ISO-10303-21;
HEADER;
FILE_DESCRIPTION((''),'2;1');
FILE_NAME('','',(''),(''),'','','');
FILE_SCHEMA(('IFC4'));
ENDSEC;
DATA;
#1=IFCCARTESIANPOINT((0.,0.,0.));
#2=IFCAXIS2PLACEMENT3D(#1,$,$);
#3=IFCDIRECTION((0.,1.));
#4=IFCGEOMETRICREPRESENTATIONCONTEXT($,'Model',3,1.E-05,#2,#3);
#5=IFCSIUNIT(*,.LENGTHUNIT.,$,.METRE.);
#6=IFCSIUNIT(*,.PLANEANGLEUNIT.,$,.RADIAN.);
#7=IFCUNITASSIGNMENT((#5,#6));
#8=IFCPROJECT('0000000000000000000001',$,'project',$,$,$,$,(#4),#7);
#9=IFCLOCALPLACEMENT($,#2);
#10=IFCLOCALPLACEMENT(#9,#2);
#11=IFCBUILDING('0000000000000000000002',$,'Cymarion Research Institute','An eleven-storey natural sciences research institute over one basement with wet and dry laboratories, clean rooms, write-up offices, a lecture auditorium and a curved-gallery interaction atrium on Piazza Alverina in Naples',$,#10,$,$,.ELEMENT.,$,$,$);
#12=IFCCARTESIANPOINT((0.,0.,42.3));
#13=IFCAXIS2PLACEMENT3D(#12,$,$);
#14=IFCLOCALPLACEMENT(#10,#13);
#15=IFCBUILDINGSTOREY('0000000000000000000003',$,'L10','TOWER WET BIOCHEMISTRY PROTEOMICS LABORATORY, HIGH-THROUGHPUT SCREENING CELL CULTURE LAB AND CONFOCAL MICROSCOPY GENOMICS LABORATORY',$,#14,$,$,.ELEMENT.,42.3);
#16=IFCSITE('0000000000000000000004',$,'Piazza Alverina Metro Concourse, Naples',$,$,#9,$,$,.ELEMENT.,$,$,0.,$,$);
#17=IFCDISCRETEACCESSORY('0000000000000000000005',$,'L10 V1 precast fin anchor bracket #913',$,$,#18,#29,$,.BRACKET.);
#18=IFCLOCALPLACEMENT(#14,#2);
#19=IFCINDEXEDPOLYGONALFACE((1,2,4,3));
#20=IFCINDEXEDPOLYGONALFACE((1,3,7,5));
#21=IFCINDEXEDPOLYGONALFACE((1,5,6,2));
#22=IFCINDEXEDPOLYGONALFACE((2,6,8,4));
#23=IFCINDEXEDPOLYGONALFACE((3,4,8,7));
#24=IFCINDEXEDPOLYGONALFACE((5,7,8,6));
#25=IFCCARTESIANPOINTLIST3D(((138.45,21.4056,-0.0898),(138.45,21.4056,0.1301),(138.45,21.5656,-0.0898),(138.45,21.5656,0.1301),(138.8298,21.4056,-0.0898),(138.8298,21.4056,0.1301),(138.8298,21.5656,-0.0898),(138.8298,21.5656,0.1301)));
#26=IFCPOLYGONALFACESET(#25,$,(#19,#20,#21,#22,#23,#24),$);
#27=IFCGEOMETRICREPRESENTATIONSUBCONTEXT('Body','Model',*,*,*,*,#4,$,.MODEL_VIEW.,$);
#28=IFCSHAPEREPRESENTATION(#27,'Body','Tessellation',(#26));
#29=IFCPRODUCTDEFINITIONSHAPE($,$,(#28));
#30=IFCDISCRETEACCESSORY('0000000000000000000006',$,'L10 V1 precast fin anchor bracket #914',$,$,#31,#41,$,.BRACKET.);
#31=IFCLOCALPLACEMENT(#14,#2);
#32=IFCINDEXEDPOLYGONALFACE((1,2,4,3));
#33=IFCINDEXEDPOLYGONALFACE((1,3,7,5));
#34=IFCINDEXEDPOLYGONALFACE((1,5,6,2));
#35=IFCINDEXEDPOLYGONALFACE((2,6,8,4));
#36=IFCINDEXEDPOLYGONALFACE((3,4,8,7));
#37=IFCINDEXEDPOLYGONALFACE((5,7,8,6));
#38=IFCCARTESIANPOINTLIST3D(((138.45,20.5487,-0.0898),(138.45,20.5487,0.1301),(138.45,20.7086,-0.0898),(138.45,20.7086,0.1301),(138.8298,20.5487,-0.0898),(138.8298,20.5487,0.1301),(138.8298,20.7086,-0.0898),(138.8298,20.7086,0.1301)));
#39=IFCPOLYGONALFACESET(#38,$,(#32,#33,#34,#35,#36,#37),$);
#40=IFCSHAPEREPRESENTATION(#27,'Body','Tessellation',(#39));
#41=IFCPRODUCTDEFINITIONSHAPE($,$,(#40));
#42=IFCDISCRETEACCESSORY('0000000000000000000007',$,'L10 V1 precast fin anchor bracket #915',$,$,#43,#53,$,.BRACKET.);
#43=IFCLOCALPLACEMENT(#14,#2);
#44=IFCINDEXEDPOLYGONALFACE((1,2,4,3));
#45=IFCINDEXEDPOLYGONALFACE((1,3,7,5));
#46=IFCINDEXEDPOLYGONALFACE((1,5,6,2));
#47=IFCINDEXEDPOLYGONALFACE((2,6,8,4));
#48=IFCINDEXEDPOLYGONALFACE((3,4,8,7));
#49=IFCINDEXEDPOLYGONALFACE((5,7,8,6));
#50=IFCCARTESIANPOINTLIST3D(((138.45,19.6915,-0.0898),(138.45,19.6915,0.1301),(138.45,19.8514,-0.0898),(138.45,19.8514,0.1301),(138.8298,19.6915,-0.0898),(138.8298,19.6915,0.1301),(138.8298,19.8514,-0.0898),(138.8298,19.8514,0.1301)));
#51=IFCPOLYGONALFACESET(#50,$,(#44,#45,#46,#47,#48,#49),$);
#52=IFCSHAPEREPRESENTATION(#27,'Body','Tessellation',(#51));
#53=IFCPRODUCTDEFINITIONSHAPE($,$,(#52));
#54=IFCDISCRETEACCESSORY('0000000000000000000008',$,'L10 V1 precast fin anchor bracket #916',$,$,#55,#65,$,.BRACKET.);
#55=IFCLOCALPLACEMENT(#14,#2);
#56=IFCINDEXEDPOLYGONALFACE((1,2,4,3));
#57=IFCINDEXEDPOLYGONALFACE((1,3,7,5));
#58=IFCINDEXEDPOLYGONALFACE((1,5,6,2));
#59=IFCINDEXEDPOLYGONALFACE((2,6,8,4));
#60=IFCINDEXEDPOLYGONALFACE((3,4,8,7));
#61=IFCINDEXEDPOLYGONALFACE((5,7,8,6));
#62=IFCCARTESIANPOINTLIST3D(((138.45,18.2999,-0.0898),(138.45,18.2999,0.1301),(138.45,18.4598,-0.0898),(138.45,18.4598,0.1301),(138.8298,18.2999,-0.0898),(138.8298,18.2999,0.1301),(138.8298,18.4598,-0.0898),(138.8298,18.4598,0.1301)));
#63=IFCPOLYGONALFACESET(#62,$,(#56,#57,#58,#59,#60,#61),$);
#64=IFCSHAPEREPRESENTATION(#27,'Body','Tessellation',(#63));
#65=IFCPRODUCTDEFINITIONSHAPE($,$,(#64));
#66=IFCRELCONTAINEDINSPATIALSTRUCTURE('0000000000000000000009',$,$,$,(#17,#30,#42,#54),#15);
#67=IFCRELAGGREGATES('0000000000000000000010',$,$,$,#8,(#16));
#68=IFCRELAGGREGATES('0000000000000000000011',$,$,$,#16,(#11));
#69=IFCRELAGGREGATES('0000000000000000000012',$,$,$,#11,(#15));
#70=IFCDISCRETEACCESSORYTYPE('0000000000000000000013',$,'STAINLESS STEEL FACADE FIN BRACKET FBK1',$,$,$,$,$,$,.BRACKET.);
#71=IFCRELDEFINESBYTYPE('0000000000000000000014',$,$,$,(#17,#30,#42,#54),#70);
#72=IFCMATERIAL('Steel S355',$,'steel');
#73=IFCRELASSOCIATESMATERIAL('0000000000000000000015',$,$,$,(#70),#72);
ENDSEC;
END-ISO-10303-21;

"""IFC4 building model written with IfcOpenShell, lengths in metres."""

from ifc_helpers import new_model, si_unit, direction, frame, origin, origin_2d, place, context, subcontext, project, spatial, rectangle, extrude, material, type_object, element, save


model = new_model("IFC4")

# Units and contexts
model_context = context("Model", 3, precision=1e-05, world=origin(), true_north=direction((0.0, 1.0)))
body_context = subcontext(model_context, "Body", "Model", "MODEL_VIEW")
ifc_project = project(units=[si_unit("LENGTHUNIT", "METRE"), si_unit("PLANEANGLEUNIT", "RADIAN")], contexts=[model_context])

# Site, building, storey
site_placement = place(None, origin())
site = spatial("IfcSite", under=ifc_project, at=site_placement, Name="Piazza Alverina Metro Concourse, Naples", CompositionType="ELEMENT", RefElevation=0.0)
building_placement = place(site_placement, origin())
building = spatial("IfcBuilding", under=site, at=building_placement, Name="Cymarion Research Institute", Description="An eleven-storey natural sciences research institute over one basement with wet and dry laboratories, clean rooms, write-up offices, a lecture auditorium and a curved-gallery interaction atrium on Piazza Alverina in Naples", CompositionType="ELEMENT")
storey_placement = place(building_placement, frame((0.0, 0.0, 42.3)))
storey = spatial("IfcBuildingStorey", under=building, at=storey_placement, Name="L10", Description="TOWER WET BIOCHEMISTRY PROTEOMICS LABORATORY, HIGH-THROUGHPUT SCREENING CELL CULTURE LAB AND CONFOCAL MICROSCOPY GENOMICS LABORATORY", CompositionType="ELEMENT", Elevation=42.3)

# Shared definitions
ifc_material_1 = material(Name="Steel S355", Category="steel")

# Discrete accessories
discrete_accessory_type = type_object("IfcDiscreteAccessoryType", Name="STAINLESS STEEL FACADE FIN BRACKET FBK1", PredefinedType="BRACKET", material=ifc_material_1)
for number, where, z_axis, x_axis, name in (
    (1, (138.6399, 21.4856, -0.0898), (0.0, 0.0, 1.0), (-1.0, 0.0, 0.0), "L10 V1 precast fin anchor bracket #913"),
    (2, (138.6399, 20.6287, -0.0898), (0.0, 0.0, 1.0), (-1.0, 0.0, 0.0), "L10 V1 precast fin anchor bracket #914"),
    (3, (138.6399, 19.7715, -0.0898), (0.0, 0.0, 1.0), (-1.0, 0.0, 0.0), "L10 V1 precast fin anchor bracket #915"),
    (4, (138.6399, 18.3799, -0.0898), (0.0, 0.0, 1.0), (-1.0, 0.0, 0.0), "L10 V1 precast fin anchor bracket #916"),
):
    element("IfcDiscreteAccessory", number, at=place(storey_placement, frame(where, z_axis=z_axis, x_axis=x_axis)), inside=storey, type_object=discrete_accessory_type, Name=name, PredefinedType="BRACKET", context=body_context, shape_type="SweptSolid", body=[
        extrude(rectangle(XDim=0.3799, YDim=0.1599, at=origin_2d()), origin(), (0.0, 0.0, 1.0), 0.22),
    ])

save(model, "model.ifc")
